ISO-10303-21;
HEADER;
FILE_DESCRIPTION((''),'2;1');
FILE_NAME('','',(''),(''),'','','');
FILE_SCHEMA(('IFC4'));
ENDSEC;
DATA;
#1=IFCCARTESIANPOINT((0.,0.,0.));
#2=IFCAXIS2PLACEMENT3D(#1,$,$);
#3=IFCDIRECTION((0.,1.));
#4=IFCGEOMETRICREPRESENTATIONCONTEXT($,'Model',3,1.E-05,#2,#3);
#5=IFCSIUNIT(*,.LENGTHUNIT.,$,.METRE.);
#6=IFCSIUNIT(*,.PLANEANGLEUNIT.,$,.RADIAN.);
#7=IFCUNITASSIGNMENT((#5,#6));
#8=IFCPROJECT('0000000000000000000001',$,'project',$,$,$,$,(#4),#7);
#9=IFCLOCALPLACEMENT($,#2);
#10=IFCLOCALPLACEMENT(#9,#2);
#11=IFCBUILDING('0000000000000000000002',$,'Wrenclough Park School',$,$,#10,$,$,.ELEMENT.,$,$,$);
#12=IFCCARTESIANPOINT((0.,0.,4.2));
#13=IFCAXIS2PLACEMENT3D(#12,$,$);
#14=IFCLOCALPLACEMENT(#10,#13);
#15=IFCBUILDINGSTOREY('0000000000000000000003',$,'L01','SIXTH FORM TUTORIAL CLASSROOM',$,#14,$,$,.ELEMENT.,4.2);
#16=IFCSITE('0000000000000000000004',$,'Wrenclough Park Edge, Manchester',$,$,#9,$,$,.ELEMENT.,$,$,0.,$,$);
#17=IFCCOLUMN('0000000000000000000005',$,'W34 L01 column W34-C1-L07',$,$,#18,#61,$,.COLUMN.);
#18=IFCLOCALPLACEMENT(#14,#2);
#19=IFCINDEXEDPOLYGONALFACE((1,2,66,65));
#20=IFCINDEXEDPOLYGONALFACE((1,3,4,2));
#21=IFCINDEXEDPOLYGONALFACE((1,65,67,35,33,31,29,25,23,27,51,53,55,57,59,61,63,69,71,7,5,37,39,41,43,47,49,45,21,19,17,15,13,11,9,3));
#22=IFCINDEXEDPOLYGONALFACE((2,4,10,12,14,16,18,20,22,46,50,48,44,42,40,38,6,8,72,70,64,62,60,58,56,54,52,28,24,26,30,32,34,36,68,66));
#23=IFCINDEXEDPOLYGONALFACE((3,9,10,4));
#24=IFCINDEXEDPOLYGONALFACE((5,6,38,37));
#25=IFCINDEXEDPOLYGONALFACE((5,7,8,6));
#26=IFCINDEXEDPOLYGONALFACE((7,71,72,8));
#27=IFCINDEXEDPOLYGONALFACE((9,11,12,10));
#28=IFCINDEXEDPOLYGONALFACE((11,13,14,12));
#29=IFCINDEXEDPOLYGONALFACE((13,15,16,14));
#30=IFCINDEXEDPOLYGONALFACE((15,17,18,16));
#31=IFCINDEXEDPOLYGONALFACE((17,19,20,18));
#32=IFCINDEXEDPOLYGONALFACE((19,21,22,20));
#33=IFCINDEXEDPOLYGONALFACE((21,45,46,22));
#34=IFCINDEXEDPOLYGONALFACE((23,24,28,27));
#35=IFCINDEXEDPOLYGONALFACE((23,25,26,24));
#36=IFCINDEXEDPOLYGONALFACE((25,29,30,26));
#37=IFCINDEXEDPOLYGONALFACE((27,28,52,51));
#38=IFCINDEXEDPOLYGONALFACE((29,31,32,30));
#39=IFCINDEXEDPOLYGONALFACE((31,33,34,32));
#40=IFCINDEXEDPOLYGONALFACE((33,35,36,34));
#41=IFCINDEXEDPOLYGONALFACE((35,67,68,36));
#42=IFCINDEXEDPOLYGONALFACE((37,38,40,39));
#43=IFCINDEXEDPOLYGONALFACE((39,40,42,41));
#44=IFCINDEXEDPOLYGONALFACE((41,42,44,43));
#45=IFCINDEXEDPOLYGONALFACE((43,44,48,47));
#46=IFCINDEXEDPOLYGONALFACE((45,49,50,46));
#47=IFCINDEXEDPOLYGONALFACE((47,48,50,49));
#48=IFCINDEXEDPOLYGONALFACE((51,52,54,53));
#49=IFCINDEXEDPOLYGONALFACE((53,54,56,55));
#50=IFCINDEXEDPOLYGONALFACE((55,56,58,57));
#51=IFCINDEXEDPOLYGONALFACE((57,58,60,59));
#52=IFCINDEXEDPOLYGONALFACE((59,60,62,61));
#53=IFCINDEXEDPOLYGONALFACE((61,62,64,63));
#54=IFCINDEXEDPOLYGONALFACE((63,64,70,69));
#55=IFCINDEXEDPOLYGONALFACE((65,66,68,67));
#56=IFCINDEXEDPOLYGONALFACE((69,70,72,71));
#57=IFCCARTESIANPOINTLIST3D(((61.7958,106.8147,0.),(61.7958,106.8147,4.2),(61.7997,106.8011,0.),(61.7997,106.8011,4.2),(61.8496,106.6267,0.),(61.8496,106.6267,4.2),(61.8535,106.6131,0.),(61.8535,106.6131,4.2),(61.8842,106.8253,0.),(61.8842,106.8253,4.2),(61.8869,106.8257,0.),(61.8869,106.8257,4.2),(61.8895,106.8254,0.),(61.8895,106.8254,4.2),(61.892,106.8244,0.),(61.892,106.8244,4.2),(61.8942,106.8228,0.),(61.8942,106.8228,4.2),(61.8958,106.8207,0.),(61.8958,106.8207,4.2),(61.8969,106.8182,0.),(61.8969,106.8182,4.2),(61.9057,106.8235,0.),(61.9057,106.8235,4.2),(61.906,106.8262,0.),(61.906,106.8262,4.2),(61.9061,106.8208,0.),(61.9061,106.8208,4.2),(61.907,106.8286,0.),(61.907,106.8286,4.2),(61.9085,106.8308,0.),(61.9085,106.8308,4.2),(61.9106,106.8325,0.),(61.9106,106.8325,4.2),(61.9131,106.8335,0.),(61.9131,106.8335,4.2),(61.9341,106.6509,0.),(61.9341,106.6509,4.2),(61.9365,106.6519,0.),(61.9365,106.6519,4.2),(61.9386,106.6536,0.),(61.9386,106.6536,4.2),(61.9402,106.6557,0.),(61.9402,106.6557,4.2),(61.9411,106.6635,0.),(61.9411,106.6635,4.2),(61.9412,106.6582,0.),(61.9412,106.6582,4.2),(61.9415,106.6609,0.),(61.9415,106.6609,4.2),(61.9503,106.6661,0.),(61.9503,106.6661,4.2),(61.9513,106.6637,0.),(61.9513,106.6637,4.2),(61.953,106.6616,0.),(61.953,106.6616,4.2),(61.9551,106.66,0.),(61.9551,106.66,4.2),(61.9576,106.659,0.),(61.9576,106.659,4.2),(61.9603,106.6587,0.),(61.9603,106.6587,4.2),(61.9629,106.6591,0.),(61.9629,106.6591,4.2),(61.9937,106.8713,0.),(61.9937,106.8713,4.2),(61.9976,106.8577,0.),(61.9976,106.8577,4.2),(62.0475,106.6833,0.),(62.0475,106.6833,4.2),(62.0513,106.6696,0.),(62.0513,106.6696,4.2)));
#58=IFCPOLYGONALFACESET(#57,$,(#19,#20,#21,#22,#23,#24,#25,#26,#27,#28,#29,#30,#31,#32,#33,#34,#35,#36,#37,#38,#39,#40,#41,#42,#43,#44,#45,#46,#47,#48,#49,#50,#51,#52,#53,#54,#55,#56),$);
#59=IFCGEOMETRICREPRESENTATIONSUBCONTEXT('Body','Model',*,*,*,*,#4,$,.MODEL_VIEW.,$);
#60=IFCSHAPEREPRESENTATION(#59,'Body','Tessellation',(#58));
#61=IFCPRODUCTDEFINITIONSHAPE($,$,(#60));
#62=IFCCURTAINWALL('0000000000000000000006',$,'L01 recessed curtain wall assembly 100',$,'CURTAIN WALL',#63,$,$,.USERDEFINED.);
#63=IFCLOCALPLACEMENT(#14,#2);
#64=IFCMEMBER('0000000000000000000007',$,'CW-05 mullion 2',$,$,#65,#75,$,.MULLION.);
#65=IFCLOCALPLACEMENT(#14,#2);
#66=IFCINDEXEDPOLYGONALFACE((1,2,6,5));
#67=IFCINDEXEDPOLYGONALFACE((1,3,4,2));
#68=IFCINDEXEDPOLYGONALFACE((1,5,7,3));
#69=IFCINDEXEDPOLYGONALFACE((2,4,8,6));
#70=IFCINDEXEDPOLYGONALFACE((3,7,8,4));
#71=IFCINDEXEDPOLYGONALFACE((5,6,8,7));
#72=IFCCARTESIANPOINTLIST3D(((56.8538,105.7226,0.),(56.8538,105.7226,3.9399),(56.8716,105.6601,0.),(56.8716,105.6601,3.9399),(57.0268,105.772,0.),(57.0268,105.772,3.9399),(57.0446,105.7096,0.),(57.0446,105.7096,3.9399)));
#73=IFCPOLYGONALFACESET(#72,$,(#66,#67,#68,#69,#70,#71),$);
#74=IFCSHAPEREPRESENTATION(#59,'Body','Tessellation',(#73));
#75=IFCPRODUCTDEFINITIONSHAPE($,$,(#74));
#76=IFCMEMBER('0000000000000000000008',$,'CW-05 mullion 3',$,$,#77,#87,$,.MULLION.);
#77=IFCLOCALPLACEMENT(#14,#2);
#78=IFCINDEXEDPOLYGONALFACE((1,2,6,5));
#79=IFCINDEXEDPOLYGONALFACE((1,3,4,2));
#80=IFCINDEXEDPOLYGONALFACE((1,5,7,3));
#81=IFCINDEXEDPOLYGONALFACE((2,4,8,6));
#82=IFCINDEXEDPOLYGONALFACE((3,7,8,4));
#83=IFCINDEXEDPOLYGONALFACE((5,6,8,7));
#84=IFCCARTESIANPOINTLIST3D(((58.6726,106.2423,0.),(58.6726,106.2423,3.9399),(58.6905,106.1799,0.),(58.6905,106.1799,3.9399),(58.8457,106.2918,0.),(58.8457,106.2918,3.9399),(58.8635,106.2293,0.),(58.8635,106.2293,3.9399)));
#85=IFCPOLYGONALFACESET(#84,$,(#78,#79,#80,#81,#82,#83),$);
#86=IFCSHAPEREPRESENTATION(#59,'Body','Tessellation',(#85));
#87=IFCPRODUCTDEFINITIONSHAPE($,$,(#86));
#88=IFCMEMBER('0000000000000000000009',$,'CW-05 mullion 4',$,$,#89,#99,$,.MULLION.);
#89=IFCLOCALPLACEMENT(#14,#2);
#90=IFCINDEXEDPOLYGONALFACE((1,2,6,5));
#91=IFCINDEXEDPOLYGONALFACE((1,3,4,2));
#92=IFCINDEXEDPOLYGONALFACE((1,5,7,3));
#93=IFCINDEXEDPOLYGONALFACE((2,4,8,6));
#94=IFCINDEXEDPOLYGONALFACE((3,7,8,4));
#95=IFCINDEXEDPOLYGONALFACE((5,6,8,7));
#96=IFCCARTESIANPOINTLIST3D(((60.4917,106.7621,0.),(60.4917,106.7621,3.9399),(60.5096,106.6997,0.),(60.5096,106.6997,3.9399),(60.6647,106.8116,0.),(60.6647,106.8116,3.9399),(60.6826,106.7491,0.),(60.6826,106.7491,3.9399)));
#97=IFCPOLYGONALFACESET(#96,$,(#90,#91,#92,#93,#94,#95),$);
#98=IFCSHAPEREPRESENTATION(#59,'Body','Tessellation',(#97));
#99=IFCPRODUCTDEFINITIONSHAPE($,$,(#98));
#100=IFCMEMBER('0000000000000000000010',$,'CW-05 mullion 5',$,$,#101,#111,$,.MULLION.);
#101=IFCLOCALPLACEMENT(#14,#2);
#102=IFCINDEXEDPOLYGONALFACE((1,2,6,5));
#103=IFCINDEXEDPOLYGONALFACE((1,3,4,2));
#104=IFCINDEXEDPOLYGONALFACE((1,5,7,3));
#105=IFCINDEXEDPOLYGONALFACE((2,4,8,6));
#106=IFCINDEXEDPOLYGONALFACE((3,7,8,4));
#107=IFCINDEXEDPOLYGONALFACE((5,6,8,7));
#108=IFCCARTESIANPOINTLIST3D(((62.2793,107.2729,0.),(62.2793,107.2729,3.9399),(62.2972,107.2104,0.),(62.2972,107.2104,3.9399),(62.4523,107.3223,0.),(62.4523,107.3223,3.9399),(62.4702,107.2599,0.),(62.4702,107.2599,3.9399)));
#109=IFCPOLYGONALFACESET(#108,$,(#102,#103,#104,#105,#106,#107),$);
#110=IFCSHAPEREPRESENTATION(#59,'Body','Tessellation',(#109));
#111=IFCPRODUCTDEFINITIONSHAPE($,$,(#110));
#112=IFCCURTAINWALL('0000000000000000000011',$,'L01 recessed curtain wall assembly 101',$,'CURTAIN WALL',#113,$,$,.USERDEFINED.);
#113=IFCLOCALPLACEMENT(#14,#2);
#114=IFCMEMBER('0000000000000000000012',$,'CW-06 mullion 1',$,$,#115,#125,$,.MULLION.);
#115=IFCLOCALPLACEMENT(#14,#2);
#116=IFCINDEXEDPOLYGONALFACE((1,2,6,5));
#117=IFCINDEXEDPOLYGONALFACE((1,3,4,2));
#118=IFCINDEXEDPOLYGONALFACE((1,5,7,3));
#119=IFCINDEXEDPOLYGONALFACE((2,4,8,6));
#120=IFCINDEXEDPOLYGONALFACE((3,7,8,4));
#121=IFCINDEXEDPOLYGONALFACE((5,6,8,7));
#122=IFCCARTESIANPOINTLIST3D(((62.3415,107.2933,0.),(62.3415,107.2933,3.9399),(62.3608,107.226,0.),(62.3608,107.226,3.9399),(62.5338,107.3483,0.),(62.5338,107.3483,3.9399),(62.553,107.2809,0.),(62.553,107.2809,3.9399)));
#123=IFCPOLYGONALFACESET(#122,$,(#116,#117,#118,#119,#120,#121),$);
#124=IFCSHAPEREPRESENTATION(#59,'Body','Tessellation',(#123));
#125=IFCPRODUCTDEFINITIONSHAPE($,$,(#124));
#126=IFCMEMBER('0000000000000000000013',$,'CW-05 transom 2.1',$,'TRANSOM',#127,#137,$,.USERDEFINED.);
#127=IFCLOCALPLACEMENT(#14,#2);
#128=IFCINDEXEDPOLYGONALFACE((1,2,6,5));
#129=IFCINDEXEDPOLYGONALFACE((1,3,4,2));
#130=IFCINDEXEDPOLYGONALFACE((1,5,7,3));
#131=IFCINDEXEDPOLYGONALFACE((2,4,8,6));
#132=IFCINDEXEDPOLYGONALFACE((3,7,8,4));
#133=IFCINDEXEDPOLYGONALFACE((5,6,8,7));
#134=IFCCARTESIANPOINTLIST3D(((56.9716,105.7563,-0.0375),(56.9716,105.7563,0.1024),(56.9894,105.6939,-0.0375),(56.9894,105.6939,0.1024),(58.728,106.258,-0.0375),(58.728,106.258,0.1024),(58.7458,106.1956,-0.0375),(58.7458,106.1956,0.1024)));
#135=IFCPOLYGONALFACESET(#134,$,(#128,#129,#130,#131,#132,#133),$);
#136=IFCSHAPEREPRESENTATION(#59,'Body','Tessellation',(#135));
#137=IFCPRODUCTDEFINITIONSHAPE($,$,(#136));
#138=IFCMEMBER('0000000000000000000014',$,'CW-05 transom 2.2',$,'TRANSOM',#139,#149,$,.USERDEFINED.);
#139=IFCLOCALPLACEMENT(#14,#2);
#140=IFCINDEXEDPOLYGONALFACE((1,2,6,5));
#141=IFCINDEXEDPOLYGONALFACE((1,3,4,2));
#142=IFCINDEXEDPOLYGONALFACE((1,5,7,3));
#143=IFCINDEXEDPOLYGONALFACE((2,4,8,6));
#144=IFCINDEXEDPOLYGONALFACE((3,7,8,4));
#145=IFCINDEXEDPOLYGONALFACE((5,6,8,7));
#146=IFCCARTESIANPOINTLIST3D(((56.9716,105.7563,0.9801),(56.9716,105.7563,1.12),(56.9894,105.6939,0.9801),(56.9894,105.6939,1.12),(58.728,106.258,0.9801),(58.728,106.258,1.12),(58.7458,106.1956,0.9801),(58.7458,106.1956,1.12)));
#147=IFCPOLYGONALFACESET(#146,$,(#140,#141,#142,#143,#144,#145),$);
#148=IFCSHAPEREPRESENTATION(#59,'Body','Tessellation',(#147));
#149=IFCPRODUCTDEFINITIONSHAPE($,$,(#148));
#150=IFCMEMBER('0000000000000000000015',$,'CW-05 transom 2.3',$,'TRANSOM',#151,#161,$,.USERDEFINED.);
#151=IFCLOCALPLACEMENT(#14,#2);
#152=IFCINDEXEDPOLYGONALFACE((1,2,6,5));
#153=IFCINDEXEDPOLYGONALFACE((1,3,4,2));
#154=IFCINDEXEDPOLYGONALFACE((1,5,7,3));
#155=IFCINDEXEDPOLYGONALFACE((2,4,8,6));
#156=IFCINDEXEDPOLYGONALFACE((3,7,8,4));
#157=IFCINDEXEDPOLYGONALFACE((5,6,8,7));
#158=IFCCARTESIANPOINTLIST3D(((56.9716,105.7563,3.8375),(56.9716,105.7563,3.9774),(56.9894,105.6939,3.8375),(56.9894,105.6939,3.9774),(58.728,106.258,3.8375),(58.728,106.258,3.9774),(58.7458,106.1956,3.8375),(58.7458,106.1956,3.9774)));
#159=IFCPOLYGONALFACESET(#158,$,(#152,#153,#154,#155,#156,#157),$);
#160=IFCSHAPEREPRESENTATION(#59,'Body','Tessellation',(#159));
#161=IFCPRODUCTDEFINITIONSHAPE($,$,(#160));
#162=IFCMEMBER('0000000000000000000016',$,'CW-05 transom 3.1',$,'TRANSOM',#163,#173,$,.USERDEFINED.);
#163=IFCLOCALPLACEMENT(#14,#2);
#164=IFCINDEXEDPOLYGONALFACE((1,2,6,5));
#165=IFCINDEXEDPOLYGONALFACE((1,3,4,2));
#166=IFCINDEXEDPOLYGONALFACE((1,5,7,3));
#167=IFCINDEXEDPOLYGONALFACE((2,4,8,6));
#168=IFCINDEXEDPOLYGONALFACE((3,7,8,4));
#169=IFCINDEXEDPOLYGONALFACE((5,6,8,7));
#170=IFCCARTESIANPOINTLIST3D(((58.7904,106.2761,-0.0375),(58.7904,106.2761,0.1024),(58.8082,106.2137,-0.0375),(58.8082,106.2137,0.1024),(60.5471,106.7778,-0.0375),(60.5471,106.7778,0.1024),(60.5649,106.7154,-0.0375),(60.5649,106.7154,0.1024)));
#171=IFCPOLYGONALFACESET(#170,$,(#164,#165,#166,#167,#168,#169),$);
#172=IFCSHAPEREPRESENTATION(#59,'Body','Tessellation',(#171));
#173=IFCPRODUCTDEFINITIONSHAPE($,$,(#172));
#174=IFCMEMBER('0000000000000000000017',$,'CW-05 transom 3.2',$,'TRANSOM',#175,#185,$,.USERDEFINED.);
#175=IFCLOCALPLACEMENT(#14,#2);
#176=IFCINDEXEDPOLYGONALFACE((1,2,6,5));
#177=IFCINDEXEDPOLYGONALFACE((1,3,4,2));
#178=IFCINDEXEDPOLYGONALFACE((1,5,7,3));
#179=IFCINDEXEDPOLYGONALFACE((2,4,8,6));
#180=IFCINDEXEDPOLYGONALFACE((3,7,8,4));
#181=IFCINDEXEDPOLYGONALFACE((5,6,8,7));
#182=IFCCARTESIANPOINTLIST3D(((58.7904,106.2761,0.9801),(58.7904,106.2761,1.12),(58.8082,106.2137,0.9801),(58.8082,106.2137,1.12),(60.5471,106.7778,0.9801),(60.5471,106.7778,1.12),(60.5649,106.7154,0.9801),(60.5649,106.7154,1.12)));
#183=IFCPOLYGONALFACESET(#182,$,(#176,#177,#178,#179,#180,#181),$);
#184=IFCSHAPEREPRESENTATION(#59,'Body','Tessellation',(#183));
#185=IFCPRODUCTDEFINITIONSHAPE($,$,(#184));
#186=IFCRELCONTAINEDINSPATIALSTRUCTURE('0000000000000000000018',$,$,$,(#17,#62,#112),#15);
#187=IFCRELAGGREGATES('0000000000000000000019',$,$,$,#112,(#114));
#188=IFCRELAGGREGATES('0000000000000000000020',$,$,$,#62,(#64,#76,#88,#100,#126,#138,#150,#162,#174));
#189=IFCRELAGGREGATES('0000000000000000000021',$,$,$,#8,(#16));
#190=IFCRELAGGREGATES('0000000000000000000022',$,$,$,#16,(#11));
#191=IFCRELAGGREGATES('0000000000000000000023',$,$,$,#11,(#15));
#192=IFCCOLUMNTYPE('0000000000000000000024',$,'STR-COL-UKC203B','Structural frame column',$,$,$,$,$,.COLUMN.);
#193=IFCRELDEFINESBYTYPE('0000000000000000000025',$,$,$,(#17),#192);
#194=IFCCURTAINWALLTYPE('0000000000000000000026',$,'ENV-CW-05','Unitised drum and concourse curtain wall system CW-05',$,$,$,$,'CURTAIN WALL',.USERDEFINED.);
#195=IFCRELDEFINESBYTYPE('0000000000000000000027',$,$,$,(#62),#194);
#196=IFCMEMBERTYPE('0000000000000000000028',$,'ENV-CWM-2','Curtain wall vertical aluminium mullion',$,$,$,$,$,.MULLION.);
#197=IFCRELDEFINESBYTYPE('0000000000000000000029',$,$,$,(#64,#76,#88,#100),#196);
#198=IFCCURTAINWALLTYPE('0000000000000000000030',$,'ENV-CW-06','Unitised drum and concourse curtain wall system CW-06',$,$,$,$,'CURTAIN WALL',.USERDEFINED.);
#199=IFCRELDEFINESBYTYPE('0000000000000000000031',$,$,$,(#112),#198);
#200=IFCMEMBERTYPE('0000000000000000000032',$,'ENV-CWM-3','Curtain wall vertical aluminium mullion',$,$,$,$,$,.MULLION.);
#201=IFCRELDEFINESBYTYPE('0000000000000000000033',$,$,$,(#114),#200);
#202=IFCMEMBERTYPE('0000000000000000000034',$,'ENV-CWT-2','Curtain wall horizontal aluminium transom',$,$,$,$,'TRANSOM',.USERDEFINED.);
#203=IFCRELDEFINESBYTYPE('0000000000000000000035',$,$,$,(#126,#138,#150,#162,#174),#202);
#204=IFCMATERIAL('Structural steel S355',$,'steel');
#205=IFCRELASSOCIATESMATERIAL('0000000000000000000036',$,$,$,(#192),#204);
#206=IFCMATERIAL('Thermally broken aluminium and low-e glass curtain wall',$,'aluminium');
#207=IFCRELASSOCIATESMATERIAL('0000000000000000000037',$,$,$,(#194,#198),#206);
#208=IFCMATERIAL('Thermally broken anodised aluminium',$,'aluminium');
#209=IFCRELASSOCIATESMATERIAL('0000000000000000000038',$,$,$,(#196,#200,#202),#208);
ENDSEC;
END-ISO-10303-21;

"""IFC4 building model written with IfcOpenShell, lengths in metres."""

from ifc_helpers import new_model, si_unit, direction, frame, origin, origin_2d, place, context, subcontext, project, spatial, rectangle, i_section, extrude, material, material_profile, profile_set, type_object, element, aggregate, save


model = new_model("IFC4")

# Units and contexts
model_context = context("Model", 3, precision=1e-05, world=origin(), true_north=direction((0.0, 1.0)))
body_context = subcontext(model_context, "Body", "Model", "MODEL_VIEW")
ifc_project = project(units=[si_unit("LENGTHUNIT", "METRE"), si_unit("PLANEANGLEUNIT", "RADIAN")], contexts=[model_context])

# Site, building, storey
site_placement = place(None, origin())
site = spatial("IfcSite", under=ifc_project, at=site_placement, Name="Wrenclough Park Edge, Manchester", CompositionType="ELEMENT", RefElevation=0.0)
building_placement = place(site_placement, origin())
building = spatial("IfcBuilding", under=site, at=building_placement, Name="Wrenclough Park School", CompositionType="ELEMENT")
storey_placement = place(building_placement, frame((0.0, 0.0, 4.2)))
storey = spatial("IfcBuildingStorey", under=building, at=storey_placement, Name="L01", Description="SIXTH FORM TUTORIAL CLASSROOM", CompositionType="ELEMENT", Elevation=4.2)

# Column
ifc_material_1 = material(Name="Structural steel S355", Category="steel")
ifc_material_profile_1 = material_profile(ifc_material_1, i_section(OverallWidth=0.2058, OverallDepth=0.2097, WebThickness=0.0095, FlangeThickness=0.0142, FilletRadius=0.0103, at=origin_2d()), Name="UKC 203x203x60")
ifc_profile_set_1 = profile_set([ifc_material_profile_1], Name="Structural steel S355")
column_type = type_object("IfcColumnType", Name="STR-COL-UKC203B", Description="Structural frame column", PredefinedType="COLUMN", material=ifc_profile_set_1)
column_placement = place(storey_placement, frame((61.9236, 106.7422, 0.0), z_axis=(0.0, 0.0, 1.0), x_axis=(0.961502, 0.274798, 0.0)))
element("IfcColumn", 1, at=column_placement, inside=storey, type_object=column_type, Name="W34 L01 column W34-C1-L07", PredefinedType="COLUMN", context=body_context, shape_type="SweptSolid", body=[
    extrude(i_section(OverallWidth=0.2058, OverallDepth=0.2097, WebThickness=0.0095, FlangeThickness=0.0142, FilletRadius=0.0103, at=origin_2d()), origin(), (0.0, 0.0, 1.0), 4.2),
])

# Curtain wall, members
ifc_material_2 = material(Name="Thermally broken aluminium and low-e glass curtain wall", Category="aluminium")
curtain_wall_type_1 = type_object("IfcCurtainWallType", Name="ENV-CW-05", Description="Unitised drum and concourse curtain wall system CW-05", ElementType="CURTAIN WALL", PredefinedType="USERDEFINED", material=ifc_material_2)
curtain_wall_1_placement = place(storey_placement, origin())
curtain_wall_1 = element("IfcCurtainWall", 2, at=curtain_wall_1_placement, inside=storey, type_object=curtain_wall_type_1, Name="L01 recessed curtain wall assembly 100", ObjectType="CURTAIN WALL", PredefinedType="USERDEFINED")
ifc_material_3 = material(Name="Thermally broken anodised aluminium", Category="aluminium")
ifc_material_profile_2 = material_profile(ifc_material_3, rectangle(XDim=0.0649, YDim=0.1799, at=origin_2d()), Name="AL MULLION 65x180")
ifc_profile_set_2 = profile_set([ifc_material_profile_2], Name="Thermally broken anodised aluminium")
member_type_1 = type_object("IfcMemberType", Name="ENV-CWM-2", Description="Curtain wall vertical aluminium mullion", PredefinedType="MULLION", material=ifc_profile_set_2)
member_1_placement = place(storey_placement, frame((56.9492, 105.7161, 0.0), z_axis=(0.0, 0.0, 1.0), x_axis=(-0.274726, 0.961522, 0.0)))
member_1 = element("IfcMember", 3, at=member_1_placement, type_object=member_type_1, Name="CW-05 mullion 2", PredefinedType="MULLION", context=body_context, shape_type="SweptSolid", body=[
    extrude(rectangle(XDim=0.0649, YDim=0.1799, at=origin_2d()), origin(), (0.0, 0.0, 1.0), 3.9399),
])
member_2_placement = place(storey_placement, frame((58.7681, 106.2358, 0.0), z_axis=(0.0, 0.0, 1.0), x_axis=(-0.274726, 0.961522, 0.0)))
member_2 = element("IfcMember", 4, at=member_2_placement, type_object=member_type_1, Name="CW-05 mullion 3", PredefinedType="MULLION", context=body_context, shape_type="SweptSolid", body=[
    extrude(rectangle(XDim=0.0649, YDim=0.1799, at=origin_2d()), origin(), (0.0, 0.0, 1.0), 3.9399),
])
member_3_placement = place(storey_placement, frame((60.5872, 106.7556, 0.0), z_axis=(0.0, 0.0, 1.0), x_axis=(-0.274726, 0.961522, 0.0)))
member_3 = element("IfcMember", 5, at=member_3_placement, type_object=member_type_1, Name="CW-05 mullion 4", PredefinedType="MULLION", context=body_context, shape_type="SweptSolid", body=[
    extrude(rectangle(XDim=0.0649, YDim=0.1799, at=origin_2d()), origin(), (0.0, 0.0, 1.0), 3.9399),
])
member_4_placement = place(storey_placement, frame((62.3748, 107.2664, 0.0), z_axis=(0.0, 0.0, 1.0), x_axis=(-0.274726, 0.961522, 0.0)))
member_4 = element("IfcMember", 6, at=member_4_placement, type_object=member_type_1, Name="CW-05 mullion 5", PredefinedType="MULLION", context=body_context, shape_type="SweptSolid", body=[
    extrude(rectangle(XDim=0.0649, YDim=0.1799, at=origin_2d()), origin(), (0.0, 0.0, 1.0), 3.9399),
])

# Curtain wall, member
curtain_wall_type_2 = type_object("IfcCurtainWallType", Name="ENV-CW-06", Description="Unitised drum and concourse curtain wall system CW-06", ElementType="CURTAIN WALL", PredefinedType="USERDEFINED", material=ifc_material_2)
curtain_wall_2_placement = place(storey_placement, origin())
curtain_wall_2 = element("IfcCurtainWall", 7, at=curtain_wall_2_placement, inside=storey, type_object=curtain_wall_type_2, Name="L01 recessed curtain wall assembly 101", ObjectType="CURTAIN WALL", PredefinedType="USERDEFINED")
ifc_material_profile_3 = material_profile(ifc_material_3, rectangle(XDim=0.0701, YDim=0.2, at=origin_2d()), Name="AL MULLION 70x200")
ifc_profile_set_3 = profile_set([ifc_material_profile_3], Name="Thermally broken anodised aluminium")
member_type_2 = type_object("IfcMemberType", Name="ENV-CWM-3", Description="Curtain wall vertical aluminium mullion", PredefinedType="MULLION", material=ifc_profile_set_3)
member_5_placement = place(storey_placement, frame((62.4473, 107.2871, 0.0), z_axis=(0.0, 0.0, 1.0), x_axis=(-0.274714, 0.961526, 0.0)))
member_5 = element("IfcMember", 8, at=member_5_placement, type_object=member_type_2, Name="CW-06 mullion 1", PredefinedType="MULLION", context=body_context, shape_type="SweptSolid", body=[
    extrude(rectangle(XDim=0.0701, YDim=0.2, at=origin_2d()), origin(), (0.0, 0.0, 1.0), 3.9399),
])

# Members
ifc_material_profile_4 = material_profile(ifc_material_3, rectangle(XDim=0.0649, YDim=0.1399, at=origin_2d()), Name="AL TRANSOM 65x140")
ifc_profile_set_4 = profile_set([ifc_material_profile_4], Name="Thermally broken anodised aluminium")
member_type_3 = type_object("IfcMemberType", Name="ENV-CWT-2", Description="Curtain wall horizontal aluminium transom", ElementType="TRANSOM", PredefinedType="USERDEFINED", material=ifc_profile_set_4)
member_6_placement = place(storey_placement, frame((56.9805, 105.7251, 0.0325), z_axis=(0.961539, 0.274668, 0.0), x_axis=(-0.274668, 0.961539, 0.0)))
member_6 = element("IfcMember", 9, at=member_6_placement, type_object=member_type_3, Name="CW-05 transom 2.1", ObjectType="TRANSOM", PredefinedType="USERDEFINED", context=body_context, shape_type="SweptSolid", body=[
    extrude(rectangle(XDim=0.0649, YDim=0.1399, at=origin_2d()), origin(), (0.0, 0.0, 1.0), 1.8267),
])
member_7_placement = place(storey_placement, frame((56.9805, 105.7251, 1.05), z_axis=(0.961539, 0.274668, 0.0), x_axis=(-0.274668, 0.961539, 0.0)))
member_7 = element("IfcMember", 10, at=member_7_placement, type_object=member_type_3, Name="CW-05 transom 2.2", ObjectType="TRANSOM", PredefinedType="USERDEFINED", context=body_context, shape_type="SweptSolid", body=[
    extrude(rectangle(XDim=0.0649, YDim=0.1399, at=origin_2d()), origin(), (0.0, 0.0, 1.0), 1.8267),
])
member_8_placement = place(storey_placement, frame((56.9805, 105.7251, 3.9075), z_axis=(0.961539, 0.274668, 0.0), x_axis=(-0.274668, 0.961539, 0.0)))
member_8 = element("IfcMember", 11, at=member_8_placement, type_object=member_type_3, Name="CW-05 transom 2.3", ObjectType="TRANSOM", PredefinedType="USERDEFINED", context=body_context, shape_type="SweptSolid", body=[
    extrude(rectangle(XDim=0.0649, YDim=0.1399, at=origin_2d()), origin(), (0.0, 0.0, 1.0), 1.8267),
])
member_9_placement = place(storey_placement, frame((58.7993, 106.2449, 0.0325), z_axis=(0.961549, 0.274633, 0.0), x_axis=(-0.274633, 0.961549, 0.0)))
member_9 = element("IfcMember", 12, at=member_9_placement, type_object=member_type_3, Name="CW-05 transom 3.1", ObjectType="TRANSOM", PredefinedType="USERDEFINED", context=body_context, shape_type="SweptSolid", body=[
    extrude(rectangle(XDim=0.0649, YDim=0.1399, at=origin_2d()), origin(), (0.0, 0.0, 1.0), 1.8269),
])
member_10_placement = place(storey_placement, frame((58.7993, 106.2449, 1.05), z_axis=(0.961549, 0.274633, 0.0), x_axis=(-0.274633, 0.961549, 0.0)))
member_10 = element("IfcMember", 13, at=member_10_placement, type_object=member_type_3, Name="CW-05 transom 3.2", ObjectType="TRANSOM", PredefinedType="USERDEFINED", context=body_context, shape_type="SweptSolid", body=[
    extrude(rectangle(XDim=0.0649, YDim=0.1399, at=origin_2d()), origin(), (0.0, 0.0, 1.0), 1.8269),
])
aggregate(curtain_wall_2, [member_5])

aggregate(curtain_wall_1, [member_1, member_2, member_3, member_4, member_6, member_7, member_8, member_9, member_10])

save(model, "model.ifc")
